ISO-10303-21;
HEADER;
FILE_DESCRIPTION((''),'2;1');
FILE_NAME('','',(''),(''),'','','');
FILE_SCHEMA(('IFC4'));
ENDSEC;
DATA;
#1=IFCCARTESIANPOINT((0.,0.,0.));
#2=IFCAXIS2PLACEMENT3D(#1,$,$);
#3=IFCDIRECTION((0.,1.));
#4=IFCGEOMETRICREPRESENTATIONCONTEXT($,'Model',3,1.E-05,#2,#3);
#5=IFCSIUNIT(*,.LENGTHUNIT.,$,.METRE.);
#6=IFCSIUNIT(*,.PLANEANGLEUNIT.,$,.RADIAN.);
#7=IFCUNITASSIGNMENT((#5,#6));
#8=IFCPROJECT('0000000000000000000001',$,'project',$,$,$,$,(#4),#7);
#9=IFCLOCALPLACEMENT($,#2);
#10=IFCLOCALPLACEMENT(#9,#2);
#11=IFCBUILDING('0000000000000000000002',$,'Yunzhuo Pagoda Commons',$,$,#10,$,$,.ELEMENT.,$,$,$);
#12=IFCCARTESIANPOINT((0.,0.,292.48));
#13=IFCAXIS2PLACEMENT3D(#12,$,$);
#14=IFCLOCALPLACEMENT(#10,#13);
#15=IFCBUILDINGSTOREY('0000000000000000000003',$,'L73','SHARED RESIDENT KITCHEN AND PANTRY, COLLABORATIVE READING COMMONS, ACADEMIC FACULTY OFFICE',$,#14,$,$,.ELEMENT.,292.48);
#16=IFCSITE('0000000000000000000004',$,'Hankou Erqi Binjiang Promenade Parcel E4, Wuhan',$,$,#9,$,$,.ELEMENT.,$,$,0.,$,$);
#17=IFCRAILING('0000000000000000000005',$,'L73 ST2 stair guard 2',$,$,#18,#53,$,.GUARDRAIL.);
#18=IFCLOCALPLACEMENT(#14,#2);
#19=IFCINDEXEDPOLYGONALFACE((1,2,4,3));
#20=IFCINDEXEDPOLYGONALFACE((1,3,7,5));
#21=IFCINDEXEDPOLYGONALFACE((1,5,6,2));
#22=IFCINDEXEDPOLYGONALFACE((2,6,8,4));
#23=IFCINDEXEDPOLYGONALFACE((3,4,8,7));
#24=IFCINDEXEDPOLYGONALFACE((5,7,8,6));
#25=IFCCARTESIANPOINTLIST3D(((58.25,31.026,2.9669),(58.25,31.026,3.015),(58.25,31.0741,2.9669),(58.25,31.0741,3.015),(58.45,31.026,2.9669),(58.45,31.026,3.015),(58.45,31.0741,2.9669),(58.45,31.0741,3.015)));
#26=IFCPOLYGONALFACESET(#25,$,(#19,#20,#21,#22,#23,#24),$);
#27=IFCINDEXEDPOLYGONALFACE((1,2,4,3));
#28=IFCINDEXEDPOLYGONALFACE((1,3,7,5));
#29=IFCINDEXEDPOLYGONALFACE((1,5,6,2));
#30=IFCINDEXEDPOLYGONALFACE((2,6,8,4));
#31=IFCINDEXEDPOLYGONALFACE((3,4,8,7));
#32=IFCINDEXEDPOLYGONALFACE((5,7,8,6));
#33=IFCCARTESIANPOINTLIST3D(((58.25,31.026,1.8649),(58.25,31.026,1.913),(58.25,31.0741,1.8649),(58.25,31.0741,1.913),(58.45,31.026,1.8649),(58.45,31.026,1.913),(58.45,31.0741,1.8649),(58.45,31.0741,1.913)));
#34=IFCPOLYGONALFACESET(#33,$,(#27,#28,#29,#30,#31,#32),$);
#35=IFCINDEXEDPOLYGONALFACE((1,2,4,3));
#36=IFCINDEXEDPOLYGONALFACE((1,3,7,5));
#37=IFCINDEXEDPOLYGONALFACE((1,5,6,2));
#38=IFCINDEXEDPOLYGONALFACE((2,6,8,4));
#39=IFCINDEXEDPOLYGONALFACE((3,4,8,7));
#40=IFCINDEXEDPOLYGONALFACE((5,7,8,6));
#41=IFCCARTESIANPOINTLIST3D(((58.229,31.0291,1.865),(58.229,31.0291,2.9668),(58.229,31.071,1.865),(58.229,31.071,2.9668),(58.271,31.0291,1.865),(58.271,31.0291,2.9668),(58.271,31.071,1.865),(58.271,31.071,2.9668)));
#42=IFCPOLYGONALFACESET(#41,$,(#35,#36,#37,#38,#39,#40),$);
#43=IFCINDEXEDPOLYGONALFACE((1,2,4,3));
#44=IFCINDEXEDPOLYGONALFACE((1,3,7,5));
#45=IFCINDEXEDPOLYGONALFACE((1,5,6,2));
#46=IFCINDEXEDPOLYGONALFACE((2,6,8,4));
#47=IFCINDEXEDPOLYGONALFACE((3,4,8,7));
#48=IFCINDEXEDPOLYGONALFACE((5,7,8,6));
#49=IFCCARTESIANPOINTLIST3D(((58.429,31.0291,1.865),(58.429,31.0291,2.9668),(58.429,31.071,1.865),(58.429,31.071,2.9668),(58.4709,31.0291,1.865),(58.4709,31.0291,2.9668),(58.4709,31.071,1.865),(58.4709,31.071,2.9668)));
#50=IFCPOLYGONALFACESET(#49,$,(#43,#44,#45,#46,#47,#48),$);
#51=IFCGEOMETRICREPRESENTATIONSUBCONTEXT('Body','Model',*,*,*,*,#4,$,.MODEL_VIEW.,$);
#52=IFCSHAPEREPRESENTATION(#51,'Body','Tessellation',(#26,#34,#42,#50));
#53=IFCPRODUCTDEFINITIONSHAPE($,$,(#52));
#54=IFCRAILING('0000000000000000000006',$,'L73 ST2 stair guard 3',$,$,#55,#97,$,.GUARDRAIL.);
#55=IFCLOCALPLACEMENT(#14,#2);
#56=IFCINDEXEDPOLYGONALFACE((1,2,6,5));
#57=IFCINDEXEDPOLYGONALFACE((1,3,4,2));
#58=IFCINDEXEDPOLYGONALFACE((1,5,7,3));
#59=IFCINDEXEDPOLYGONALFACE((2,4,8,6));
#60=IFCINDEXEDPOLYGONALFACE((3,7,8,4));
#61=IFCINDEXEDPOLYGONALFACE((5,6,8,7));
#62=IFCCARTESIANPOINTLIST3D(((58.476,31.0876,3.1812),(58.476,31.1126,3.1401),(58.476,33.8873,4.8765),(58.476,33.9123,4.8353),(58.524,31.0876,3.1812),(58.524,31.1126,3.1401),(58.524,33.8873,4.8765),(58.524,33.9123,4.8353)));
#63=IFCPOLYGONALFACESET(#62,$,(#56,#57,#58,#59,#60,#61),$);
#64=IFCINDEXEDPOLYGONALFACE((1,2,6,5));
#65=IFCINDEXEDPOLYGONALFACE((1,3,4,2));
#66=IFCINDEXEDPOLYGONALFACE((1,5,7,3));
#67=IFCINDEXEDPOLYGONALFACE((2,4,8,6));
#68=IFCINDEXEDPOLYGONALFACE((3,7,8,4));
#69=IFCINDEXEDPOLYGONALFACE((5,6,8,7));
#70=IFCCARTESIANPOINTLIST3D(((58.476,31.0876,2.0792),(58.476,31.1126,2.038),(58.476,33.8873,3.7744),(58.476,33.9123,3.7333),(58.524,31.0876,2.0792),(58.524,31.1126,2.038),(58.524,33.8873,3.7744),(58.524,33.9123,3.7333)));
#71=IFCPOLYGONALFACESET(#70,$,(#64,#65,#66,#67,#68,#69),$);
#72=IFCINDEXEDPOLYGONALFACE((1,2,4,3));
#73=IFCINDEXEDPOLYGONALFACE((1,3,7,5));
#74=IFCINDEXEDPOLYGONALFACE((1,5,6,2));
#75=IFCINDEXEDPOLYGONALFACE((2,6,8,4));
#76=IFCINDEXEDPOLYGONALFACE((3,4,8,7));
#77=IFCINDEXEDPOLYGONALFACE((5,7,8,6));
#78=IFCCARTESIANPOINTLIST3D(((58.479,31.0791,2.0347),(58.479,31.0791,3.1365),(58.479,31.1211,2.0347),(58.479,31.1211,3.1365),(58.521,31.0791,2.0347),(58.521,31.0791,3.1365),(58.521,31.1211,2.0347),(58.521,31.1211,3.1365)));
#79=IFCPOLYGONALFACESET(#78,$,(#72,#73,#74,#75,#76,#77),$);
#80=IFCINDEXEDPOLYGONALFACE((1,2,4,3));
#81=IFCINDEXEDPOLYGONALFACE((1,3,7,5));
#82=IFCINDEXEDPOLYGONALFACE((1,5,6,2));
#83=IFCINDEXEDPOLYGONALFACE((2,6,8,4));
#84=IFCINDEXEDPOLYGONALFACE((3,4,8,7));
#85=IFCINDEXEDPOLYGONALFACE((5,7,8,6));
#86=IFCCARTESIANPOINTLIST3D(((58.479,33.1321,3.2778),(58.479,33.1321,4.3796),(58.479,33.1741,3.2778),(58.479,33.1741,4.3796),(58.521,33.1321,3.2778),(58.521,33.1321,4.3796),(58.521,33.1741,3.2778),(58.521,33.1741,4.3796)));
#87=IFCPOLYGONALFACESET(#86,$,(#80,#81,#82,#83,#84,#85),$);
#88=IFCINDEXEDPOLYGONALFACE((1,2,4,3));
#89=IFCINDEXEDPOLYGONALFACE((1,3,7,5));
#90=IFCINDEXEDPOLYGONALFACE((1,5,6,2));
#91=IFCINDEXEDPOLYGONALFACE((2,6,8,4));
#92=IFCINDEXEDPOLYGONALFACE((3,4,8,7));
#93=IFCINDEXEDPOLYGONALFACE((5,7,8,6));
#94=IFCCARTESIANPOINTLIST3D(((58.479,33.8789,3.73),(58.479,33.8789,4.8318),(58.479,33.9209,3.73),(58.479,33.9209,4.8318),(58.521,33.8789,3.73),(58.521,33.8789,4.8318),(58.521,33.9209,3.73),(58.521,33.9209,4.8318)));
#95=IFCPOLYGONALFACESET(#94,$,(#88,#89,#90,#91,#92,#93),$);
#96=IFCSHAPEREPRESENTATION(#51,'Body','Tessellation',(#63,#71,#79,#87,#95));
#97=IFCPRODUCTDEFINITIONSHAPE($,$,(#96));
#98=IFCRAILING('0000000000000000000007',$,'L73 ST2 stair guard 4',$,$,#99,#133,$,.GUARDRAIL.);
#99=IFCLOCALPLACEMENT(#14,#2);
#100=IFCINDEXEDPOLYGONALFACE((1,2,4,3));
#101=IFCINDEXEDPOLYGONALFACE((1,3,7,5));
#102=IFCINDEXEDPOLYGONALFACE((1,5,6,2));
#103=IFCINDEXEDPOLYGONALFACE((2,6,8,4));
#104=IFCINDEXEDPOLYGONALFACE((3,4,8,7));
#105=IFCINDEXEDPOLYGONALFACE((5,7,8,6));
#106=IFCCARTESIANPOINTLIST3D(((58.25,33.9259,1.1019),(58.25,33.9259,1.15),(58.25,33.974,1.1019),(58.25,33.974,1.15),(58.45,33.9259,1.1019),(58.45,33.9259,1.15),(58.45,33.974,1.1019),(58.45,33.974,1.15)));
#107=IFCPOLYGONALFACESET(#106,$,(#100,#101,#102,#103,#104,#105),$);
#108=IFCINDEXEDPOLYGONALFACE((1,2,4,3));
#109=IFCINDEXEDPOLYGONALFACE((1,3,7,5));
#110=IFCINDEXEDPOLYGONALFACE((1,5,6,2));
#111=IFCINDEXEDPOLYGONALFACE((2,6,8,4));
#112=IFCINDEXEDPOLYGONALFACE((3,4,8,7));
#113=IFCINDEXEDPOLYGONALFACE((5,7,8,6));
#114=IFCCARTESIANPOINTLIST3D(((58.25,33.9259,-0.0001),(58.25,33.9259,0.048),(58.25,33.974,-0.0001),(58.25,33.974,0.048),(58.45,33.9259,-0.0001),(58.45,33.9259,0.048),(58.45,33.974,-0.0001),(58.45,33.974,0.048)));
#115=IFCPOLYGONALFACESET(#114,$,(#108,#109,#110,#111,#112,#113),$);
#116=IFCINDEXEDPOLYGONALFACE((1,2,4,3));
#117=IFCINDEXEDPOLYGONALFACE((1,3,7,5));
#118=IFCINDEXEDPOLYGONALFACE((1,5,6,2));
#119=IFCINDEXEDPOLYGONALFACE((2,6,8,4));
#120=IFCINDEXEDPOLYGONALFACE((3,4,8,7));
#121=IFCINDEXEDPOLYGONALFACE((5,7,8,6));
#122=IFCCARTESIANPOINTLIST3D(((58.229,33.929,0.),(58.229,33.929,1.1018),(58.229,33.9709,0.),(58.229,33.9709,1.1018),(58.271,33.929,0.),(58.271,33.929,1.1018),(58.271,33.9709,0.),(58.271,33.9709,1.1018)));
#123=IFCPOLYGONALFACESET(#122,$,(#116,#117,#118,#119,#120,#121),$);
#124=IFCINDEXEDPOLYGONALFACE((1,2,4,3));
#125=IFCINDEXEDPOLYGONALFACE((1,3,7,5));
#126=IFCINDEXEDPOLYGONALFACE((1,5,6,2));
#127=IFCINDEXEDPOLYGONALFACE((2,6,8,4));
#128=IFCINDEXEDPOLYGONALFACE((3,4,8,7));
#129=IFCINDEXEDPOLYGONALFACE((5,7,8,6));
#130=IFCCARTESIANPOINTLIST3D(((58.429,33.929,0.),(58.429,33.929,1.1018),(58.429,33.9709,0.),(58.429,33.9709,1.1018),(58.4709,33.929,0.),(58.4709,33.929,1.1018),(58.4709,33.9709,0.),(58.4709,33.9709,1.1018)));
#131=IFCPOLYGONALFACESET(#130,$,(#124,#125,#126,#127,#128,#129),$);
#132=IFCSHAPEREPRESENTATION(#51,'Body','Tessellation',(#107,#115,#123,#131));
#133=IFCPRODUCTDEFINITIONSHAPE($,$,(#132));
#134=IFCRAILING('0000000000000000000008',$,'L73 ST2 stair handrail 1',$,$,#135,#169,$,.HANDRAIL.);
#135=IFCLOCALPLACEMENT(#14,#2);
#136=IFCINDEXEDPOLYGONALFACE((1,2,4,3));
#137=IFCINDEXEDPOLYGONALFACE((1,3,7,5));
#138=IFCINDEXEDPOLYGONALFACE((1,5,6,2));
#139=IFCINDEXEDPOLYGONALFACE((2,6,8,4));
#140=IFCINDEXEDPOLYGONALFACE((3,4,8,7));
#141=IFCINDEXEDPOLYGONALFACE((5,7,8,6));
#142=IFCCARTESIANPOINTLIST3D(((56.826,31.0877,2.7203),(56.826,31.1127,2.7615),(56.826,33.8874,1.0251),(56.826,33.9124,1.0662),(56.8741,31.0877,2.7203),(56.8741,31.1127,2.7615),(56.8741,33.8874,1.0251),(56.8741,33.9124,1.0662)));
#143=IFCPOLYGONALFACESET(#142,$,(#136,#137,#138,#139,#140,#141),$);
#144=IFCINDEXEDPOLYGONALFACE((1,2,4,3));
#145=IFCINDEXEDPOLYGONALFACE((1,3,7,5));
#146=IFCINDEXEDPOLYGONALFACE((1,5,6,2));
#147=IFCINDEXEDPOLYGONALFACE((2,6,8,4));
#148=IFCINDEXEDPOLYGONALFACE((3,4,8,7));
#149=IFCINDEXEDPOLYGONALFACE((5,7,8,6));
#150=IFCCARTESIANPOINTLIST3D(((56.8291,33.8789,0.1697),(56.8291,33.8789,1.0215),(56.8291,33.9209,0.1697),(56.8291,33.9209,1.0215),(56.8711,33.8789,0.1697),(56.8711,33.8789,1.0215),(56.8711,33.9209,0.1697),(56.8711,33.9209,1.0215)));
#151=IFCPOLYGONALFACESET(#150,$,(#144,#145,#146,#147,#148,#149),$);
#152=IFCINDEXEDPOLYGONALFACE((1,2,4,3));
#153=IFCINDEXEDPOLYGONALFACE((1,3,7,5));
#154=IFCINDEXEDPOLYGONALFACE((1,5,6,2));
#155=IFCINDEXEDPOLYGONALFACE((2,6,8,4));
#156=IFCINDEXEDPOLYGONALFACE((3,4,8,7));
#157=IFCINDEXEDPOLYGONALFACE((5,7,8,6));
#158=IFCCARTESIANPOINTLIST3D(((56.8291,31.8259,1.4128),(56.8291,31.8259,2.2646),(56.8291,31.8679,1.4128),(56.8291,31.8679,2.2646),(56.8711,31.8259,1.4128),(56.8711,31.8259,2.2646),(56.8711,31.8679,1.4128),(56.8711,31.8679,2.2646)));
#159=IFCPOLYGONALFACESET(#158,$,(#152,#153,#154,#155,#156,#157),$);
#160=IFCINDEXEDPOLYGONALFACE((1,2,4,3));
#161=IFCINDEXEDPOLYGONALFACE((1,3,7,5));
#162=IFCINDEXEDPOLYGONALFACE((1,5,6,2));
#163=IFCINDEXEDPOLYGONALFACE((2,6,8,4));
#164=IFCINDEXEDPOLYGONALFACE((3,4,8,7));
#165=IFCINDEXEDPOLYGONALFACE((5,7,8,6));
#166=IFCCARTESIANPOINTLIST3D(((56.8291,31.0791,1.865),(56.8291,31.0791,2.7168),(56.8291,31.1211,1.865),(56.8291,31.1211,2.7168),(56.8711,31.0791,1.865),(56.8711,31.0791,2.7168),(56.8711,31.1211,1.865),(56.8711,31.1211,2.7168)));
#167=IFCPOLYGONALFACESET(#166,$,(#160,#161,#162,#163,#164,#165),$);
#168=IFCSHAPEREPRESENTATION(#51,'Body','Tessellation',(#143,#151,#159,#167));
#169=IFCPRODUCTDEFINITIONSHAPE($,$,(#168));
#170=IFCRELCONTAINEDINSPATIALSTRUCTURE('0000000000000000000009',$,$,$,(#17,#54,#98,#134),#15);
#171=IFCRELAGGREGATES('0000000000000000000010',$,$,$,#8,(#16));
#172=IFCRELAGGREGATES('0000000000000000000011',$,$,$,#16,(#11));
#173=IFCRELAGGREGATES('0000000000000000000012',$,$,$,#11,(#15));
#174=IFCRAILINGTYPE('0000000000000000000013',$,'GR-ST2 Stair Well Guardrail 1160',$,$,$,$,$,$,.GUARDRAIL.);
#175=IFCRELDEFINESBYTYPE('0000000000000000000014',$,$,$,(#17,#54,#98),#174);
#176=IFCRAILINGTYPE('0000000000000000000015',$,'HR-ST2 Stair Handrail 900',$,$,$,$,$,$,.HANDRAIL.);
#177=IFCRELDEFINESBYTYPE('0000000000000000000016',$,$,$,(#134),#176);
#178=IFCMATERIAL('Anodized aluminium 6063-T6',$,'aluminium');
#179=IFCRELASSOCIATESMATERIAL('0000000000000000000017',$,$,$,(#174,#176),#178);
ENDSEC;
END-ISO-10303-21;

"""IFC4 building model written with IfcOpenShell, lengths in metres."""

from ifc_helpers import new_model, si_unit, direction, frame, origin, origin_2d, place, context, subcontext, project, spatial, rectangle, extrude, material, type_object, element, save


model = new_model("IFC4")

# Units and contexts
model_context = context("Model", 3, precision=1e-05, world=origin(), true_north=direction((0.0, 1.0)))
body_context = subcontext(model_context, "Body", "Model", "MODEL_VIEW")
ifc_project = project(units=[si_unit("LENGTHUNIT", "METRE"), si_unit("PLANEANGLEUNIT", "RADIAN")], contexts=[model_context])

# Site, building, storey
site_placement = place(None, origin())
site = spatial("IfcSite", under=ifc_project, at=site_placement, Name="Hankou Erqi Binjiang Promenade Parcel E4, Wuhan", CompositionType="ELEMENT", RefElevation=0.0)
building_placement = place(site_placement, origin())
building = spatial("IfcBuilding", under=site, at=building_placement, Name="Yunzhuo Pagoda Commons", CompositionType="ELEMENT")
storey_placement = place(building_placement, frame((0.0, 0.0, 292.48)))
storey = spatial("IfcBuildingStorey", under=building, at=storey_placement, Name="L73", Description="SHARED RESIDENT KITCHEN AND PANTRY, COLLABORATIVE READING COMMONS, ACADEMIC FACULTY OFFICE", CompositionType="ELEMENT", Elevation=292.48)

# Railings
ifc_material_1 = material(Name="Anodized aluminium 6063-T6", Category="aluminium")
railing_type_1 = type_object("IfcRailingType", Name="GR-ST2 Stair Well Guardrail 1160", PredefinedType="GUARDRAIL", material=ifc_material_1)
railing_1_placement = place(storey_placement, frame((58.25, 31.05, 1.865)))
element("IfcRailing", 1, at=railing_1_placement, inside=storey, type_object=railing_type_1, Name="L73 ST2 stair guard 2", PredefinedType="GUARDRAIL", context=body_context, shape_type="SweptSolid", body=[
    extrude(rectangle(XDim=0.0481, YDim=0.0481, at=origin_2d()), frame((0.0, 0.0, 1.126), z_axis=(1.0, 0.0, 0.0), x_axis=(0.0, 1.0, 0.0)), (0.0, 0.0, 1.0), 0.2),
    extrude(rectangle(XDim=0.0481, YDim=0.0481, at=origin_2d()), frame((0.0, 0.0, 0.0239), z_axis=(1.0, 0.0, 0.0), x_axis=(0.0, 1.0, 0.0)), (0.0, 0.0, 1.0), 0.2),
    extrude(rectangle(XDim=0.042, YDim=0.042, at=origin_2d()), origin(), (0.0, 0.0, 1.0), 1.1018),
    extrude(rectangle(XDim=0.042, YDim=0.042, at=origin_2d()), frame((0.2, 0.0, 0.0)), (0.0, 0.0, 1.0), 1.1018),
])
railing_2_placement = place(storey_placement, frame((58.5, 31.1001, 2.0347)))
element("IfcRailing", 2, at=railing_2_placement, inside=storey, type_object=railing_type_1, Name="L73 ST2 stair guard 3", PredefinedType="GUARDRAIL", context=body_context, shape_type="SweptSolid", body=[
    extrude(rectangle(XDim=0.0481, YDim=0.0481, at=origin_2d()), frame((0.0, 0.0, 1.126), z_axis=(0.0, 0.855406, 0.517958), x_axis=(-1.0, 0.0, 0.0)), (0.0, 0.0, 1.0), 3.2729),
    extrude(rectangle(XDim=0.0481, YDim=0.0481, at=origin_2d()), frame((0.0, 0.0, 0.0239), z_axis=(0.0, 0.855406, 0.517958), x_axis=(-1.0, 0.0, 0.0)), (0.0, 0.0, 1.0), 3.2729),
    extrude(rectangle(XDim=0.042, YDim=0.042, at=origin_2d()), origin(), (0.0, 0.0, 1.0), 1.1018),
    extrude(rectangle(XDim=0.042, YDim=0.042, at=origin_2d()), frame((0.0, 2.053, 1.2432)), (0.0, 0.0, 1.0), 1.1018),
    extrude(rectangle(XDim=0.042, YDim=0.042, at=origin_2d()), frame((0.0, 2.7998, 1.6953)), (0.0, 0.0, 1.0), 1.1018),
])
railing_3_placement = place(storey_placement, frame((58.25, 33.95, 0.0)))
element("IfcRailing", 3, at=railing_3_placement, inside=storey, type_object=railing_type_1, Name="L73 ST2 stair guard 4", PredefinedType="GUARDRAIL", context=body_context, shape_type="SweptSolid", body=[
    extrude(rectangle(XDim=0.0481, YDim=0.0481, at=origin_2d()), frame((0.0, 0.0, 1.126), z_axis=(1.0, 0.0, 0.0), x_axis=(0.0, 1.0, 0.0)), (0.0, 0.0, 1.0), 0.2),
    extrude(rectangle(XDim=0.0481, YDim=0.0481, at=origin_2d()), frame((0.0, 0.0, 0.0239), z_axis=(1.0, 0.0, 0.0), x_axis=(0.0, 1.0, 0.0)), (0.0, 0.0, 1.0), 0.2),
    extrude(rectangle(XDim=0.042, YDim=0.042, at=origin_2d()), origin(), (0.0, 0.0, 1.0), 1.1018),
    extrude(rectangle(XDim=0.042, YDim=0.042, at=origin_2d()), frame((0.2, 0.0, 0.0)), (0.0, 0.0, 1.0), 1.1018),
])
railing_type_2 = type_object("IfcRailingType", Name="HR-ST2 Stair Handrail 900", PredefinedType="HANDRAIL", material=ifc_material_1)
railing_4_placement = place(storey_placement, frame((56.8501, 33.8999, 0.1697)))
element("IfcRailing", 4, at=railing_4_placement, inside=storey, type_object=railing_type_2, Name="L73 ST2 stair handrail 1", PredefinedType="HANDRAIL", context=body_context, shape_type="SweptSolid", body=[
    extrude(rectangle(XDim=0.0481, YDim=0.0481, at=origin_2d()), frame((0.0, 0.0, 0.876), z_axis=(0.0, -0.855406, 0.517958), x_axis=(1.0, 0.0, 0.0)), (0.0, 0.0, 1.0), 3.2729),
    extrude(rectangle(XDim=0.042, YDim=0.042, at=origin_2d()), origin(), (0.0, 0.0, 1.0), 0.8518),
    extrude(rectangle(XDim=0.042, YDim=0.042, at=origin_2d()), frame((0.0, -2.053, 1.2432)), (0.0, 0.0, 1.0), 0.8518),
    extrude(rectangle(XDim=0.042, YDim=0.042, at=origin_2d()), frame((0.0, -2.7998, 1.6953)), (0.0, 0.0, 1.0), 0.8518),
])

save(model, "model.ifc")
